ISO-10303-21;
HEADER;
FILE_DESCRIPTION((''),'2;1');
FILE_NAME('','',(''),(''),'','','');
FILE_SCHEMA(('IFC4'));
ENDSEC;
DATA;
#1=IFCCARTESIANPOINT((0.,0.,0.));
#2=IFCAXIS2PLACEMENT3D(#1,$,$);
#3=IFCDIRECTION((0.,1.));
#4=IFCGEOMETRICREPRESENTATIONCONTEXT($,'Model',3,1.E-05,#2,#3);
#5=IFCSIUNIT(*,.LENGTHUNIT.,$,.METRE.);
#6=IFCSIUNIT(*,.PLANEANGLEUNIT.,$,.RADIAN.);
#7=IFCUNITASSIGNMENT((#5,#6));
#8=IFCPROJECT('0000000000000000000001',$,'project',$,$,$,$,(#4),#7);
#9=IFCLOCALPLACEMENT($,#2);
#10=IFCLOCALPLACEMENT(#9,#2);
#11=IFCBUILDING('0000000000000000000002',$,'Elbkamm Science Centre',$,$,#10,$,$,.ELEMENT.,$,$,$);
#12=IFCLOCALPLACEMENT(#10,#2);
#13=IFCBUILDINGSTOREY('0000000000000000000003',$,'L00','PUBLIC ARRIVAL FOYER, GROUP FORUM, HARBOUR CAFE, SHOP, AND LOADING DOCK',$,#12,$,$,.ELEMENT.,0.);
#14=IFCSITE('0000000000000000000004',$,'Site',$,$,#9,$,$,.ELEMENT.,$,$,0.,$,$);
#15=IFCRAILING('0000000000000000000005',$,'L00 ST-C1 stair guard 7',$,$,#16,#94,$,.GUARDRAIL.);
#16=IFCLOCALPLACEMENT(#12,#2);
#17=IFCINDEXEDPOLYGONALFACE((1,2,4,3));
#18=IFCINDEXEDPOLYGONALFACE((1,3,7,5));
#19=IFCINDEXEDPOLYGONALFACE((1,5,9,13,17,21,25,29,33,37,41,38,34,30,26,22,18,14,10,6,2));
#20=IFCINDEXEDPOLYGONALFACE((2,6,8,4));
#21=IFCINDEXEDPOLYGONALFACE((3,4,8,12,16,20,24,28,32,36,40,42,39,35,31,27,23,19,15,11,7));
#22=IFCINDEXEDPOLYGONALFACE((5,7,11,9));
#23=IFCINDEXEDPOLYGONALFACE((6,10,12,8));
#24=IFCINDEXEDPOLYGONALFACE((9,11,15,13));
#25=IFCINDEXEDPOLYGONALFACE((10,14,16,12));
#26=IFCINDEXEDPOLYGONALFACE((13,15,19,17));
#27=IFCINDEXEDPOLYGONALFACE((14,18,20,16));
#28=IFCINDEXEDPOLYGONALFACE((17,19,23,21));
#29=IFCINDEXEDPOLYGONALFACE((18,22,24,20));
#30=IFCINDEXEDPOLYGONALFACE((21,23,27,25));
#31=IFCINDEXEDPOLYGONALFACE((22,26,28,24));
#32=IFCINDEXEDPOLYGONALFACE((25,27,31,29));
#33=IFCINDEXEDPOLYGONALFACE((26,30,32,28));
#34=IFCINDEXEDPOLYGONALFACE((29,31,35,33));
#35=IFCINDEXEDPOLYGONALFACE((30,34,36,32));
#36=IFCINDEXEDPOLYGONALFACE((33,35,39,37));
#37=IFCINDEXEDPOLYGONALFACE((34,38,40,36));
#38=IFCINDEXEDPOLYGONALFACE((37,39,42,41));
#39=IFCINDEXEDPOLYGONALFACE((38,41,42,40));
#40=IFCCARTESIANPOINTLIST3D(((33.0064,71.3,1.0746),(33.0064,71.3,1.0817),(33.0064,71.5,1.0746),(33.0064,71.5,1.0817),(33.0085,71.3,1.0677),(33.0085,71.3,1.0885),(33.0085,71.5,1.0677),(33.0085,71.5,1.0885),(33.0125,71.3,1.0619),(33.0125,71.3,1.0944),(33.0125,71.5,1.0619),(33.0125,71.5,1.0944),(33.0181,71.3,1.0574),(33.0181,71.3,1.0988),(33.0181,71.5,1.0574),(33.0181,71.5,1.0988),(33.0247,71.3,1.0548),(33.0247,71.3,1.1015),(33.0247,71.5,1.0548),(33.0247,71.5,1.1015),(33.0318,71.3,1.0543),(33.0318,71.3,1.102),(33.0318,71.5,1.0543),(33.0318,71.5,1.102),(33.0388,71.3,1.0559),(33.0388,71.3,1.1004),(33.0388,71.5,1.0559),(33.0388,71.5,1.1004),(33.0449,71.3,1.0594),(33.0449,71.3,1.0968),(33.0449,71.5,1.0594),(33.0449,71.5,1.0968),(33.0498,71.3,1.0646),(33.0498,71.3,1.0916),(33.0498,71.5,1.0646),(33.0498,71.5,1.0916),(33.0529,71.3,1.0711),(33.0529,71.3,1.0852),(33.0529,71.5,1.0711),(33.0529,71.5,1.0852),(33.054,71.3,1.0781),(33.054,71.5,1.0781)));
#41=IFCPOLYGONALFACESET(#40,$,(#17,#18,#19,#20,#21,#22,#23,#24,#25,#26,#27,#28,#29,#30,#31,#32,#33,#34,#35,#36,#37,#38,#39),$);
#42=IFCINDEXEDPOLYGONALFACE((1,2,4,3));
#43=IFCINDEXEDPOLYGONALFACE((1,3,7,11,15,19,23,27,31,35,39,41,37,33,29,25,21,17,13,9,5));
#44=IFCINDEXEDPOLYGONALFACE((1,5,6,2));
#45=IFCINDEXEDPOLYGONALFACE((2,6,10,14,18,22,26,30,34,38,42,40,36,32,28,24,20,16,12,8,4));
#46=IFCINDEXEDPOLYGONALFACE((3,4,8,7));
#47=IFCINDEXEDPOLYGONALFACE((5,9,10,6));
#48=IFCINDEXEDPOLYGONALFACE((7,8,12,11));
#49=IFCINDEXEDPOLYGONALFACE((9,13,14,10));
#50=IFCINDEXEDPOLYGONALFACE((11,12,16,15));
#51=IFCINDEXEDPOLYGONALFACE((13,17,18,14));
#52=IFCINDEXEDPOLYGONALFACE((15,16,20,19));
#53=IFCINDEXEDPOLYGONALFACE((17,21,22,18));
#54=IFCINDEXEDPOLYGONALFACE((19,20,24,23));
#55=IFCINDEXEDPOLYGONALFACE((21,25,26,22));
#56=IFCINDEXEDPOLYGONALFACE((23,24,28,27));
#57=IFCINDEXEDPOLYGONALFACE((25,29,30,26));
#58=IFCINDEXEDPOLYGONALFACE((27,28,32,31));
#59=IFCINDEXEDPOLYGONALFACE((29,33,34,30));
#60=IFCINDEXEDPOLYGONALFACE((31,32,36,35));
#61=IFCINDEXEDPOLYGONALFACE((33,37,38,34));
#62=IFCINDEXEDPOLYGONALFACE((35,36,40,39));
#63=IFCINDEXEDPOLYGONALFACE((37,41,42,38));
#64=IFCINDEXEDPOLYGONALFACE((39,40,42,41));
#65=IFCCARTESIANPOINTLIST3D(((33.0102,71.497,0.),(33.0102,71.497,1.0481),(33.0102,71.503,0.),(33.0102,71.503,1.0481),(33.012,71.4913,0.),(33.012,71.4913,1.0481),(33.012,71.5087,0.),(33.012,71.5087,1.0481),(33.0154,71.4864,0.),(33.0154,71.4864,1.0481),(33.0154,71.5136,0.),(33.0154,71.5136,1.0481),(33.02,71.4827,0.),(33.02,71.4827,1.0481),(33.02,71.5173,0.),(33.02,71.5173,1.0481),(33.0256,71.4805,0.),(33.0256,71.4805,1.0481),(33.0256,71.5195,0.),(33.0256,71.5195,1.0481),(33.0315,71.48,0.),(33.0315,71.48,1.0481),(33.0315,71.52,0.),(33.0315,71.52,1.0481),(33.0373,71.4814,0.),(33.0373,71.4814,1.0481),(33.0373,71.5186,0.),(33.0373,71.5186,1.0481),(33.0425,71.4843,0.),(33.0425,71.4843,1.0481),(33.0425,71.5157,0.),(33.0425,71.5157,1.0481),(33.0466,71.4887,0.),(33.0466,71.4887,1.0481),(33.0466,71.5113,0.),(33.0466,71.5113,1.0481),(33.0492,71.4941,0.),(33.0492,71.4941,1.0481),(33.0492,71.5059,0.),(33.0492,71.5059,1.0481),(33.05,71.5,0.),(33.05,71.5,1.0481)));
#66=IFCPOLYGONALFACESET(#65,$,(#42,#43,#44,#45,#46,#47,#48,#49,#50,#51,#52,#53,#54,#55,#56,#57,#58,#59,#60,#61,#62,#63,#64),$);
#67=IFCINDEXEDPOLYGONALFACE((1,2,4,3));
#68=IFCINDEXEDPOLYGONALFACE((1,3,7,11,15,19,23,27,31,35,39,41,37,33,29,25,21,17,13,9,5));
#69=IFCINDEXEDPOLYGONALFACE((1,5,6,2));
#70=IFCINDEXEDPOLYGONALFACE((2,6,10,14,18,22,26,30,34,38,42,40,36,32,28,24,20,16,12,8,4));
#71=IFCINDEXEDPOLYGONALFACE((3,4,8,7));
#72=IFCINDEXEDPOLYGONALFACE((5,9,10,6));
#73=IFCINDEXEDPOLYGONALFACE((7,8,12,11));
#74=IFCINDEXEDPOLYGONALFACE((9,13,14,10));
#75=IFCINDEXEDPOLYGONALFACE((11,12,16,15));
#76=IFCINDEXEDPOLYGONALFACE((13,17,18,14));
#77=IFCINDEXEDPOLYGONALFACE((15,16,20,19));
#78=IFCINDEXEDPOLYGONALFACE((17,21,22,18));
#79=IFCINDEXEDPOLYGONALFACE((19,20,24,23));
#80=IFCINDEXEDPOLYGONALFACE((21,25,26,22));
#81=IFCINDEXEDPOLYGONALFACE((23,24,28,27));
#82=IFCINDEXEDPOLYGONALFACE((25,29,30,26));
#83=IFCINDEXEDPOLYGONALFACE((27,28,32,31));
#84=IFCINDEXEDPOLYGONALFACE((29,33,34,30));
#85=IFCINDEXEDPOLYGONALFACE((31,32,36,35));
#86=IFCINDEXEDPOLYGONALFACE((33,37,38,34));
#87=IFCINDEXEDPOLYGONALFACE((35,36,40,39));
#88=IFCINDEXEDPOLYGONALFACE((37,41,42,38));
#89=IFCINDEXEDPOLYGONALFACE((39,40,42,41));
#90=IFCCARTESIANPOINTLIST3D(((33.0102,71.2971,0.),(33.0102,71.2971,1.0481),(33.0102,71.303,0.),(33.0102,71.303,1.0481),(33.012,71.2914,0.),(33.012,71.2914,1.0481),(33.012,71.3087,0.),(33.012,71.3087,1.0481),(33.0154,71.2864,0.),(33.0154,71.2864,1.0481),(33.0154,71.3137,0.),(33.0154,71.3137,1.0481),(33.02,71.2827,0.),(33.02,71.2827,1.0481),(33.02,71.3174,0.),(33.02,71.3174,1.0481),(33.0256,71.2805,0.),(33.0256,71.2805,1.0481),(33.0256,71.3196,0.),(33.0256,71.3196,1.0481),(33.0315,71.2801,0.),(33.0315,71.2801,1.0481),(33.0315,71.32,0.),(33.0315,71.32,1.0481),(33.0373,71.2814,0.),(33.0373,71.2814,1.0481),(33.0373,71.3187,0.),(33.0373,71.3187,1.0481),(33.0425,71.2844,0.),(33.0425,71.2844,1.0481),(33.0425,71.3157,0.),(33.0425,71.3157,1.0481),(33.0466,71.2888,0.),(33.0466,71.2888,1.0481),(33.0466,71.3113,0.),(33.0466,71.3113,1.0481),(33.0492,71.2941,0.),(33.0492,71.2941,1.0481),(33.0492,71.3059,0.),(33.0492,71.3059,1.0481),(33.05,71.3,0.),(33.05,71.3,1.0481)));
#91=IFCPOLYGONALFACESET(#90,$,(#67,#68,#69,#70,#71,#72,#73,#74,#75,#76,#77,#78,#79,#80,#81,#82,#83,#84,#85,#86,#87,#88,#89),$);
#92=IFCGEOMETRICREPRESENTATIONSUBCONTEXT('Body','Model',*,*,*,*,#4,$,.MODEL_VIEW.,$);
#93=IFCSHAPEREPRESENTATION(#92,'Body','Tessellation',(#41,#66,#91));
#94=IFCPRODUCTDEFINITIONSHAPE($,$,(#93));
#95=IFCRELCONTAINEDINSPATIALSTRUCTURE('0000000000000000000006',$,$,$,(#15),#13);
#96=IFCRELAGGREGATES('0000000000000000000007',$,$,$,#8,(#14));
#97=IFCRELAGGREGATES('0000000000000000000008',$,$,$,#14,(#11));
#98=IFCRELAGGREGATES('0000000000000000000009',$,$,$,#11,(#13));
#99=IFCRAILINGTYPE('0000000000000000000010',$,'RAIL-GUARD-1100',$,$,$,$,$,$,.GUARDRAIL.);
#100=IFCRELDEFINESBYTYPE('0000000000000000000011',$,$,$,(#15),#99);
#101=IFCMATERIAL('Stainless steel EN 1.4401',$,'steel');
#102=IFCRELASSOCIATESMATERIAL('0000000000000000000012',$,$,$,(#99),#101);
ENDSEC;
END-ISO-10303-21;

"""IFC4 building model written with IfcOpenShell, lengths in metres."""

from ifc_helpers import new_model, si_unit, direction, frame, origin, origin_2d, place, context, subcontext, project, spatial, circle, extrude, material, type_object, element, save


model = new_model("IFC4")

# Units and contexts
model_context = context("Model", 3, precision=1e-05, world=origin(), true_north=direction((0.0, 1.0)))
body_context = subcontext(model_context, "Body", "Model", "MODEL_VIEW")
ifc_project = project(units=[si_unit("LENGTHUNIT", "METRE"), si_unit("PLANEANGLEUNIT", "RADIAN")], contexts=[model_context])

# Site, building, storey
site_placement = place(None, origin())
site = spatial("IfcSite", under=ifc_project, at=site_placement, Name="Site", CompositionType="ELEMENT", RefElevation=0.0)
building_placement = place(site_placement, origin())
building = spatial("IfcBuilding", under=site, at=building_placement, Name="Elbkamm Science Centre", CompositionType="ELEMENT")
storey_placement = place(building_placement, origin())
storey = spatial("IfcBuildingStorey", under=building, at=storey_placement, Name="L00", Description="PUBLIC ARRIVAL FOYER, GROUP FORUM, HARBOUR CAFE, SHOP, AND LOADING DOCK", CompositionType="ELEMENT", Elevation=0.0)

# Railing
ifc_material_1 = material(Name="Stainless steel EN 1.4401", Category="steel")
railing_type_1 = type_object("IfcRailingType", Name="RAIL-GUARD-1100", PredefinedType="GUARDRAIL", material=ifc_material_1)
railing_1_placement = place(storey_placement, frame((33.03, 71.5, 0.0)))
element("IfcRailing", 1, at=railing_1_placement, inside=storey, type_object=railing_type_1, Name="L00 ST-C1 stair guard 7", PredefinedType="GUARDRAIL", context=body_context, shape_type="SweptSolid", body=[
    extrude(circle(Radius=0.0239, at=origin_2d()), frame((0.0, 0.0, 1.0781), z_axis=(0.0, -1.0, 0.0), x_axis=(1.0, 0.0, 0.0)), (0.0, 0.0, 1.0), 0.2),
    extrude(circle(Radius=0.02, at=origin_2d()), origin(), (0.0, 0.0, 1.0), 1.0481),
    extrude(circle(Radius=0.02, at=origin_2d()), frame((0.0, -0.2, 0.0)), (0.0, 0.0, 1.0), 1.0481),
])

save(model, "model.ifc")
